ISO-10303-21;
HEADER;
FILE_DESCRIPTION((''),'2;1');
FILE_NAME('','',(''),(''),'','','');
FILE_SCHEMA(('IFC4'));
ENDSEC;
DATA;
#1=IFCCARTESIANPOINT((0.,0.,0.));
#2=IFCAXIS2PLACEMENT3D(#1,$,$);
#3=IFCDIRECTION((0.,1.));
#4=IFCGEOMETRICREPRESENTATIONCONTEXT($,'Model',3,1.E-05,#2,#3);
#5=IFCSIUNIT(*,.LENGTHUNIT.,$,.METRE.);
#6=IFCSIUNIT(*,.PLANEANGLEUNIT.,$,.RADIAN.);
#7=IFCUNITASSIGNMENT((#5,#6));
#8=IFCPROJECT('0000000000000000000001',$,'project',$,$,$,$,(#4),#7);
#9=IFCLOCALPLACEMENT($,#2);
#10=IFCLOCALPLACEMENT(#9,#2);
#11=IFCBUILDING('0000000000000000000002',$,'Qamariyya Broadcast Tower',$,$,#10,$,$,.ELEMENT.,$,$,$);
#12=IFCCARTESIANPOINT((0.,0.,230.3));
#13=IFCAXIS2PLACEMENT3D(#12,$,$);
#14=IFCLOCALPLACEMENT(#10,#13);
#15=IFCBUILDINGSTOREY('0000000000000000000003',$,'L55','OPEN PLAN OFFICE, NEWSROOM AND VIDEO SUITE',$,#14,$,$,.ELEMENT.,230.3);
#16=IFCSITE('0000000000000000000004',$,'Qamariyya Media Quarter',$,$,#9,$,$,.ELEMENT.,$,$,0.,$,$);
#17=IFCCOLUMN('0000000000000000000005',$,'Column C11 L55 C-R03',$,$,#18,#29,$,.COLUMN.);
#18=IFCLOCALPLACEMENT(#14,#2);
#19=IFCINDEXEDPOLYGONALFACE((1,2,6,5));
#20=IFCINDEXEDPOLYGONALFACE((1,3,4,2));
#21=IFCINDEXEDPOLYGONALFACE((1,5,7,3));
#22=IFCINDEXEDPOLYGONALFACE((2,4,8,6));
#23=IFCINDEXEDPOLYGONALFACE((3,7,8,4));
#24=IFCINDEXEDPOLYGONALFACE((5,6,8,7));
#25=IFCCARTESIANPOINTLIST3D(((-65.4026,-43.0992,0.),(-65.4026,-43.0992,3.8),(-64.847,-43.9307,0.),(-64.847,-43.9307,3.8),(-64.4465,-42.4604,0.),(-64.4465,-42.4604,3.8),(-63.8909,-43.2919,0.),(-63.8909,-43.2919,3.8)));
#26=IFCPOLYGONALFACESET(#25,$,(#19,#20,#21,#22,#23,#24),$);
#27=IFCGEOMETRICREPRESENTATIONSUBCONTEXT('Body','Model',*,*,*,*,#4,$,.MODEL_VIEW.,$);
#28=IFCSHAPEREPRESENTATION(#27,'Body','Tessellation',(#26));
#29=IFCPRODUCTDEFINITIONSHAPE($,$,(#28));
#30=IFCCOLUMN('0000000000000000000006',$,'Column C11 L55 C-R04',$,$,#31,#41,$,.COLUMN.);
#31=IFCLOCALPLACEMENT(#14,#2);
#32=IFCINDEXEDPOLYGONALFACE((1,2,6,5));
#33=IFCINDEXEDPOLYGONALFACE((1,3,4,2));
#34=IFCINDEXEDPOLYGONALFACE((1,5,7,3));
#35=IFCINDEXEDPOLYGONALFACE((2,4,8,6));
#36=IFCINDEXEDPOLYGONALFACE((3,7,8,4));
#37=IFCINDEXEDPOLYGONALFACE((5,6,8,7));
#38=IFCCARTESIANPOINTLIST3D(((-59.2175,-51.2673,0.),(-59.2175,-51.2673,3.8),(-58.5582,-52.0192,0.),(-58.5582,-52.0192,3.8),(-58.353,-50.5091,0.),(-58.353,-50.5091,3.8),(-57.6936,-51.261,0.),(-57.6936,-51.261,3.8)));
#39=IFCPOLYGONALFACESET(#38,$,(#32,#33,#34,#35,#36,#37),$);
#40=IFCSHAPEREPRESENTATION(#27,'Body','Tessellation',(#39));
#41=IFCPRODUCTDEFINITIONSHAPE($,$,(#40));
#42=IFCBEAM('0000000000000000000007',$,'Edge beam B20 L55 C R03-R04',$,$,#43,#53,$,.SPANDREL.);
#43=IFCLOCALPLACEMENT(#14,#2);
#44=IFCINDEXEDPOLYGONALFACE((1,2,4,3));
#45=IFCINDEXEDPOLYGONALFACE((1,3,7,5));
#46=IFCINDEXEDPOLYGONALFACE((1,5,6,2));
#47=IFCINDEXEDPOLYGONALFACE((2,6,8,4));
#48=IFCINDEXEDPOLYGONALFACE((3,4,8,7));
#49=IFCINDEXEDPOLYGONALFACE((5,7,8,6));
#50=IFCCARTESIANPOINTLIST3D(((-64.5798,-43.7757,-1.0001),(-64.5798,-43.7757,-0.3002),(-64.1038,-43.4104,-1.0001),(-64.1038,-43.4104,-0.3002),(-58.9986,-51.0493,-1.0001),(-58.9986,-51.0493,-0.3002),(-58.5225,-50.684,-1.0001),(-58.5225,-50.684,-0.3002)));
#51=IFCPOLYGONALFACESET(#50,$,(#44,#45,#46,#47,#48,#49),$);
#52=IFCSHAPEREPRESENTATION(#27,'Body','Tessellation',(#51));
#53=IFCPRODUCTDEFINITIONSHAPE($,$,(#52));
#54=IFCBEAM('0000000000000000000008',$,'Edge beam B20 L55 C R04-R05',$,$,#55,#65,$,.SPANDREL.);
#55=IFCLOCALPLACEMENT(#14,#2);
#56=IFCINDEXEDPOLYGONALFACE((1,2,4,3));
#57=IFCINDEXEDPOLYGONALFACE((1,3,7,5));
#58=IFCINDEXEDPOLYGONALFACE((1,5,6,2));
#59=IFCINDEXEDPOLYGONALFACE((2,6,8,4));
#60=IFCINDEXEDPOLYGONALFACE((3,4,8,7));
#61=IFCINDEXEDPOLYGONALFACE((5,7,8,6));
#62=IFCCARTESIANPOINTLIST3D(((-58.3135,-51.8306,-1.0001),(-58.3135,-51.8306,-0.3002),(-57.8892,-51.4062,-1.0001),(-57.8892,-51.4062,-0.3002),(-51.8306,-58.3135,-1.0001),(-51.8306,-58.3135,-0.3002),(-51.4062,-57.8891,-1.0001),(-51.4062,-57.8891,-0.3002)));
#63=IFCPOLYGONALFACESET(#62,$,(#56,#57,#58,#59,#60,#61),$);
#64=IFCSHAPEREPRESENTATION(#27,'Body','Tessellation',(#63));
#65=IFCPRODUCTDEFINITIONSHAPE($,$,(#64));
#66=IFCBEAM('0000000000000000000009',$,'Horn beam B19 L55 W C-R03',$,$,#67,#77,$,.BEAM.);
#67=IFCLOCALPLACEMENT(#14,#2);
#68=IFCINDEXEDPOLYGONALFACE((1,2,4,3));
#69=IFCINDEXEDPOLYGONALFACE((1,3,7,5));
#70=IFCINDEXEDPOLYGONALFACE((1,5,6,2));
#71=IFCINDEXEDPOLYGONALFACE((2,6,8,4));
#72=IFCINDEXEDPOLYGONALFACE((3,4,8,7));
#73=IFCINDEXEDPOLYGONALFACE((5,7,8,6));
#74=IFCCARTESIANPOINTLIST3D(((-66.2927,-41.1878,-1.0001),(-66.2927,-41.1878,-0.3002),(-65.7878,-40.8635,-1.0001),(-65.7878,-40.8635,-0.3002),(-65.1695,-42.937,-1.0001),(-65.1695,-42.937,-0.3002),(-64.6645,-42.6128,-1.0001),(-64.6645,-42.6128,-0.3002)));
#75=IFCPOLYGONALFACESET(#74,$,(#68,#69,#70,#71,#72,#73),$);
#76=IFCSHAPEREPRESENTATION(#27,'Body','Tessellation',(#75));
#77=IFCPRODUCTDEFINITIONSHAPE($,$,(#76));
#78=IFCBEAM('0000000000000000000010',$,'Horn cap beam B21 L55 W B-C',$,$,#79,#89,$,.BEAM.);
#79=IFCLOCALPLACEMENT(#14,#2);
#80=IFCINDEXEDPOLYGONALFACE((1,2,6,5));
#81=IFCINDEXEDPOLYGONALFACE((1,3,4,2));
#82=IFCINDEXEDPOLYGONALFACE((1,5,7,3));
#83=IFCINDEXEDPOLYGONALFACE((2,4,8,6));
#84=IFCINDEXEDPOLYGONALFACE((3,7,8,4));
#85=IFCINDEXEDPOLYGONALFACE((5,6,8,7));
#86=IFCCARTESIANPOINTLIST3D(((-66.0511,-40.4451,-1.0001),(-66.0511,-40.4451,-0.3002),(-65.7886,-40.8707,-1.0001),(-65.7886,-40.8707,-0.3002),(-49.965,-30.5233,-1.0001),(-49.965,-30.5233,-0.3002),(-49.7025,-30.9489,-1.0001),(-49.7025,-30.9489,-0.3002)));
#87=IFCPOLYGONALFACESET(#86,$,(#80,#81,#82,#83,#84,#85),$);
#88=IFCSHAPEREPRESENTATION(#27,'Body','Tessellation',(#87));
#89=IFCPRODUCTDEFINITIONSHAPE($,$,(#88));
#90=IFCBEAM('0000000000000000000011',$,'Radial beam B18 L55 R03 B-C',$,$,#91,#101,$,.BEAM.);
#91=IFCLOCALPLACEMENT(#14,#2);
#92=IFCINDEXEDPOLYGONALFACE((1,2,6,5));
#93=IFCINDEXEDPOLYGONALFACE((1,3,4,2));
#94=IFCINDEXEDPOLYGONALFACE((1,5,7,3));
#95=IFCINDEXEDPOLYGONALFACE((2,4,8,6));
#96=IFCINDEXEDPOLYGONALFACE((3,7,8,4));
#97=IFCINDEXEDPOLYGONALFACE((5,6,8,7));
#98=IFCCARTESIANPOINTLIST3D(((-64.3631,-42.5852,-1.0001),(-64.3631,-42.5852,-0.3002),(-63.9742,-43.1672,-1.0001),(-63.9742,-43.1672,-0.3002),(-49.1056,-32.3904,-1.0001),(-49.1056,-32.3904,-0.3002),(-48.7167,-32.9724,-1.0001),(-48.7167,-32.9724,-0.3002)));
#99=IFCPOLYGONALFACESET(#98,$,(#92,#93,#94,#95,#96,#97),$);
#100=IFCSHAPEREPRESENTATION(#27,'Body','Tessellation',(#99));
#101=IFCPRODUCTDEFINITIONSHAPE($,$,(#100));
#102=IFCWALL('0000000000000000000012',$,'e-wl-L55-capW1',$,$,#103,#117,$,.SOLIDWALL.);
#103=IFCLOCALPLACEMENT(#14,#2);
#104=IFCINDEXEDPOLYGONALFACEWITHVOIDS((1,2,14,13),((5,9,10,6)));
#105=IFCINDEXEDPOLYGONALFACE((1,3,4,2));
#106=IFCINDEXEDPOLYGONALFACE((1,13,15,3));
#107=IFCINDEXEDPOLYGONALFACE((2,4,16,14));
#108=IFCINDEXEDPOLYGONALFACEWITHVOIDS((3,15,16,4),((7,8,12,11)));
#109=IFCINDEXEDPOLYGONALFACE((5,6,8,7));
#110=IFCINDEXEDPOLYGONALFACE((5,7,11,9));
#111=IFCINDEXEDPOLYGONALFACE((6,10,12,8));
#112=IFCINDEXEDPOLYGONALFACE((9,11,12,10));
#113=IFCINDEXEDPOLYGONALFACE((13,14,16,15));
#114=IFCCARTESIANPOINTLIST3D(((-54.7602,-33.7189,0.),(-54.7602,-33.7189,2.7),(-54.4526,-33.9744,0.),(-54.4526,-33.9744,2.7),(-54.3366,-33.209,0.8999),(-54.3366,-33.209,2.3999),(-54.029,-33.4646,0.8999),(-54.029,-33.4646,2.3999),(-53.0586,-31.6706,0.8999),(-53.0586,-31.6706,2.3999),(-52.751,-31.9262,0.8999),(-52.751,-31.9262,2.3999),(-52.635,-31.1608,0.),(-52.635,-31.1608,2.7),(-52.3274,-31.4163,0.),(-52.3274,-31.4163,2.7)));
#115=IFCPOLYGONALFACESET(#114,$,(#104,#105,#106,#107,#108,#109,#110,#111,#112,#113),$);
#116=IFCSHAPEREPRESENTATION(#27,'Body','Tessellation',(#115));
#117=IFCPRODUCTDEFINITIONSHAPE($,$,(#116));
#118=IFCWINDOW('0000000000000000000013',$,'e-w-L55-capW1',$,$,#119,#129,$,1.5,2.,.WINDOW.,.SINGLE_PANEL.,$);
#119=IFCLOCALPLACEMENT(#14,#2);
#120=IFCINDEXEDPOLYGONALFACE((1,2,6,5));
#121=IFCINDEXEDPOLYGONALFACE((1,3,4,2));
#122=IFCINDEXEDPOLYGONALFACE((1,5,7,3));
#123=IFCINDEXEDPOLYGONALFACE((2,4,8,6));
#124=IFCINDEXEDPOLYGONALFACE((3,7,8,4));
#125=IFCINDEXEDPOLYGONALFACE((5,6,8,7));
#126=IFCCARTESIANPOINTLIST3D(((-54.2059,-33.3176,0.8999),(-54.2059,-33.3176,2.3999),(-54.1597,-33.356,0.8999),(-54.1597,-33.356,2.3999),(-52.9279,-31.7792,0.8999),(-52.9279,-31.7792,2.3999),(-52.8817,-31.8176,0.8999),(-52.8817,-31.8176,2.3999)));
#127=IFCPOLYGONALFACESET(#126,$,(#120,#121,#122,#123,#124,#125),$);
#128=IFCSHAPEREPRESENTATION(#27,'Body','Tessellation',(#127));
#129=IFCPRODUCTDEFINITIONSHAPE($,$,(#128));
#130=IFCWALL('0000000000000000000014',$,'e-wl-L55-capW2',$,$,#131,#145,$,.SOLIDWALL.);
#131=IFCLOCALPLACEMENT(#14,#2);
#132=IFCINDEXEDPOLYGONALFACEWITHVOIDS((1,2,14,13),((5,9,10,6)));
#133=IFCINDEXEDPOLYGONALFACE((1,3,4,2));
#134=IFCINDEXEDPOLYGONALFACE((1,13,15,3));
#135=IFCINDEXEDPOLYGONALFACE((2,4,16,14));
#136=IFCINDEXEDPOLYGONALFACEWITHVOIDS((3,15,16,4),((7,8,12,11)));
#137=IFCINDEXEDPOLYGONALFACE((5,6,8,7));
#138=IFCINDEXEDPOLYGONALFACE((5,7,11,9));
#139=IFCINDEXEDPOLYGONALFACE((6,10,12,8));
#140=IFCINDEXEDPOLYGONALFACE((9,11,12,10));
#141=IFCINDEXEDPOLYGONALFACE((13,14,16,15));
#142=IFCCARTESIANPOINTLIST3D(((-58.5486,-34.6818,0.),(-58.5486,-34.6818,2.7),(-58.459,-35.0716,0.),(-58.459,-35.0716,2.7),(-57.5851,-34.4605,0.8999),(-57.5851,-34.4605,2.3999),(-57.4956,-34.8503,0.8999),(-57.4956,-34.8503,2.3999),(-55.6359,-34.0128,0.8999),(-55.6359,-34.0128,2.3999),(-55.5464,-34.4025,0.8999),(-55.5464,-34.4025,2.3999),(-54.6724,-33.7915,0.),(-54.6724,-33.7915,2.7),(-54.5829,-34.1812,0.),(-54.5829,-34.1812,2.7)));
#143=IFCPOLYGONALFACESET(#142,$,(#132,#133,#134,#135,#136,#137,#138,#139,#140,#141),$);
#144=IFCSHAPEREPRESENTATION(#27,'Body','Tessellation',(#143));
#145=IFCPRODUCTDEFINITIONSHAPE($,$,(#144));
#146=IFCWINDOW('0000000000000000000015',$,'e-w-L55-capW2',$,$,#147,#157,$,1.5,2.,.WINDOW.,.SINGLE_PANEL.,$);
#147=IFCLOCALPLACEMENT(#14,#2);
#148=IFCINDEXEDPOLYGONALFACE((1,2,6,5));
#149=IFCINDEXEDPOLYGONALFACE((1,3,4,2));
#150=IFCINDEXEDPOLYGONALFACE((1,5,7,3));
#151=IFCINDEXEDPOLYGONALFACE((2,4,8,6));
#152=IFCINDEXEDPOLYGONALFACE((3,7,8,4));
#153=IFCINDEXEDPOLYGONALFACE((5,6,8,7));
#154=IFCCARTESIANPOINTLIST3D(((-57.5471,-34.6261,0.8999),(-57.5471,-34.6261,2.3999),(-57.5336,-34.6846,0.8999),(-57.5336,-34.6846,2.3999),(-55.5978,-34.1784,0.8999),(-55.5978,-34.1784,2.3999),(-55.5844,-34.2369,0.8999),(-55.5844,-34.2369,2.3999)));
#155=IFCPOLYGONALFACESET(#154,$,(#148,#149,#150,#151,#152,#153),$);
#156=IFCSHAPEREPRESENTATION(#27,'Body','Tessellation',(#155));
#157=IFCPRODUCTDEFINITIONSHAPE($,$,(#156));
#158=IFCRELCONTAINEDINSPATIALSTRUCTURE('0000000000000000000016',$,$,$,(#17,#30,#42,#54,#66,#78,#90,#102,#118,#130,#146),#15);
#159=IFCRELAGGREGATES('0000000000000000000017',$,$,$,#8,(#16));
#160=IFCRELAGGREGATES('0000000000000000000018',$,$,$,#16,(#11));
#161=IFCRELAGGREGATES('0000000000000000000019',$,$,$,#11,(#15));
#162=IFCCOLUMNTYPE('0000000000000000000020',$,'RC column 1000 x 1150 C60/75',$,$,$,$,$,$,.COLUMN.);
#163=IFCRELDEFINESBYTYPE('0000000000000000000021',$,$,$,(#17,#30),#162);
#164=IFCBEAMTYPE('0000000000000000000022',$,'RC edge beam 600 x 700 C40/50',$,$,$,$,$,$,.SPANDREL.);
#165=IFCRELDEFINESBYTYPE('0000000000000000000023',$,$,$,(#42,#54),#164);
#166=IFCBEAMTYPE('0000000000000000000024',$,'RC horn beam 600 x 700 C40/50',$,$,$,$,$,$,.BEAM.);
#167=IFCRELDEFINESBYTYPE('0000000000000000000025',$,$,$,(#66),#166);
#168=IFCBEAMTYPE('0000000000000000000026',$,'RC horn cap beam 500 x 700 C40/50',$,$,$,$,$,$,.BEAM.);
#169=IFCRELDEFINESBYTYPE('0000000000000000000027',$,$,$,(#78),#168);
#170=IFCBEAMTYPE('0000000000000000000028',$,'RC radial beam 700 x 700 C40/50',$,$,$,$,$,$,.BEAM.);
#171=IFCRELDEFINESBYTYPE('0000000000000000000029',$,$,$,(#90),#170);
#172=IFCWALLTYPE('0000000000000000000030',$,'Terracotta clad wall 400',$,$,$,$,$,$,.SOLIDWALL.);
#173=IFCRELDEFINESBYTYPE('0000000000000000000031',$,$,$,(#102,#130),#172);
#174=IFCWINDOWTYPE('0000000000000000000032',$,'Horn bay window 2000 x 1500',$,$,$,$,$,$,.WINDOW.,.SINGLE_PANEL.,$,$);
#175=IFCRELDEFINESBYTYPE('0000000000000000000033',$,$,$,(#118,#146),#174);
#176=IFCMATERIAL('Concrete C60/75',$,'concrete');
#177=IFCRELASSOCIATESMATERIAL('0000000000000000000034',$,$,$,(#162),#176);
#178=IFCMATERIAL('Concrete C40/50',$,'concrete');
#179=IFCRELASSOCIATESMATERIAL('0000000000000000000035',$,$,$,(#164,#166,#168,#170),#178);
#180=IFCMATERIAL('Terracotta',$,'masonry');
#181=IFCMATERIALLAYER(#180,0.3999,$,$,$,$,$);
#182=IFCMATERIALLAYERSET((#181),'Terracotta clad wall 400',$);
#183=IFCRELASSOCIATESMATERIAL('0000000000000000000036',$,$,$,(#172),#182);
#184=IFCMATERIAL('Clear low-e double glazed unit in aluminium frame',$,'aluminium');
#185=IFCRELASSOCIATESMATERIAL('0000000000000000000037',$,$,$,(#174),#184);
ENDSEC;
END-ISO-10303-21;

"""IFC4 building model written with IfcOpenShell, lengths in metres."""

from ifc_helpers import new_model, si_unit, direction, frame, frame_2d, origin, origin_2d, place, context, subcontext, project, spatial, rectangle, extrude, material, layer, layer_set, material_profile, profile_set, type_object, element, fill, save


model = new_model("IFC4")

# Units and contexts
model_context = context("Model", 3, precision=1e-05, world=origin(), true_north=direction((0.0, 1.0)))
body_context = subcontext(model_context, "Body", "Model", "MODEL_VIEW")
ifc_project = project(units=[si_unit("LENGTHUNIT", "METRE"), si_unit("PLANEANGLEUNIT", "RADIAN")], contexts=[model_context])

# Site, building, storey
site_placement = place(None, origin())
site = spatial("IfcSite", under=ifc_project, at=site_placement, Name="Qamariyya Media Quarter", CompositionType="ELEMENT", RefElevation=0.0)
building_placement = place(site_placement, origin())
building = spatial("IfcBuilding", under=site, at=building_placement, Name="Qamariyya Broadcast Tower", CompositionType="ELEMENT")
storey_placement = place(building_placement, frame((0.0, 0.0, 230.3)))
storey = spatial("IfcBuildingStorey", under=building, at=storey_placement, Name="L55", Description="OPEN PLAN OFFICE, NEWSROOM AND VIDEO SUITE", CompositionType="ELEMENT", Elevation=230.3)

# Columns
ifc_material_1 = material(Name="Concrete C60/75", Category="concrete")
ifc_material_profile_1 = material_profile(ifc_material_1, rectangle(XDim=1.0, YDim=1.1499, at=origin_2d()))
ifc_profile_set_1 = profile_set([ifc_material_profile_1], Name="Concrete C60/75")
column_type = type_object("IfcColumnType", Name="RC column 1000 x 1150 C60/75", PredefinedType="COLUMN", material=ifc_profile_set_1)
for number, where, z_axis, x_axis, name in (
    (1, (-64.6467, -43.1956, 0.0), (0.0, 0.0, 1.0), (0.55557, -0.83147, 0.0), "Column C11 L55 C-R03"),
    (2, (-58.4556, -51.2642, 0.0), (0.0, 0.0, 1.0), (0.659346, -0.75184, 0.0), "Column C11 L55 C-R04"),
):
    element("IfcColumn", number, at=place(storey_placement, frame(where, z_axis=z_axis, x_axis=x_axis)), inside=storey, type_object=column_type, Name=name, PredefinedType="COLUMN", context=body_context, shape_type="SweptSolid", body=[
        extrude(rectangle(XDim=1.0, YDim=1.1499, at=origin_2d()), origin(), (0.0, 0.0, 1.0), 3.8),
    ])

# Beams
ifc_material_2 = material(Name="Concrete C40/50", Category="concrete")
ifc_material_profile_2 = material_profile(ifc_material_2, rectangle(XDim=0.6001, YDim=0.7, at=origin_2d()))
ifc_profile_set_2 = profile_set([ifc_material_profile_2], Name="Concrete C40/50")
beam_type_1 = type_object("IfcBeamType", Name="RC edge beam 600 x 700 C40/50", PredefinedType="SPANDREL", material=ifc_profile_set_2)
for number, where, z_axis, x_axis, name in (
    (3, (-64.3418, -43.593, -0.6501), (0.608762, -0.793353, 0.0), (0.793353, 0.608762, 0.0), "Edge beam B20 L55 C R03-R04"),
    (4, (-58.1013, -51.6184, -0.6501), (0.707107, -0.707107, 0.0), (0.707107, 0.707107, 0.0), "Edge beam B20 L55 C R04-R05"),
):
    element("IfcBeam", number, at=place(storey_placement, frame(where, z_axis=z_axis, x_axis=x_axis)), inside=storey, type_object=beam_type_1, Name=name, PredefinedType="SPANDREL", context=body_context, shape_type="SweptSolid", body=[
        extrude(rectangle(XDim=0.6001, YDim=0.7, at=origin_2d()), origin(), (0.0, 0.0, 1.0), 9.1682),
    ])
ifc_material_profile_3 = material_profile(ifc_material_2, rectangle(XDim=0.6001, YDim=0.7, at=origin_2d()))
ifc_profile_set_3 = profile_set([ifc_material_profile_3], Name="Concrete C40/50")
beam_type_2 = type_object("IfcBeamType", Name="RC horn beam 600 x 700 C40/50", PredefinedType="BEAM", material=ifc_profile_set_3)
beam_1_placement = place(storey_placement, frame((-64.917, -42.7749, -0.6501), z_axis=(-0.540336, 0.841449, 0.0), x_axis=(-0.841449, -0.540336, 0.0)))
element("IfcBeam", 5, at=beam_1_placement, inside=storey, type_object=beam_type_2, Name="Horn beam B19 L55 W C-R03", PredefinedType="BEAM", context=body_context, shape_type="SweptSolid", body=[
    extrude(rectangle(XDim=0.6001, YDim=0.7, at=origin_2d()), origin(), (0.0, 0.0, 1.0), 2.0789),
])
ifc_material_profile_4 = material_profile(ifc_material_2, rectangle(XDim=0.5, YDim=0.7, at=origin_2d()))
ifc_profile_set_4 = profile_set([ifc_material_profile_4], Name="Concrete C40/50")
beam_type_3 = type_object("IfcBeamType", Name="RC horn cap beam 500 x 700 C40/50", PredefinedType="BEAM", material=ifc_profile_set_4)
beam_2_placement = place(storey_placement, frame((-49.8337, -30.7361, -0.6501), z_axis=(-0.851122, -0.524968, 0.0), x_axis=(0.524968, -0.851122, 0.0)))
element("IfcBeam", 6, at=beam_2_placement, inside=storey, type_object=beam_type_3, Name="Horn cap beam B21 L55 W B-C", PredefinedType="BEAM", context=body_context, shape_type="SweptSolid", body=[
    extrude(rectangle(XDim=0.5, YDim=0.7, at=origin_2d()), origin(), (0.0, 0.0, 1.0), 18.8999),
])
ifc_material_profile_5 = material_profile(ifc_material_2, rectangle(XDim=0.7, YDim=0.7, at=origin_2d()))
ifc_profile_set_5 = profile_set([ifc_material_profile_5], Name="Concrete C40/50")
beam_type_4 = type_object("IfcBeamType", Name="RC radial beam 700 x 700 C40/50", PredefinedType="BEAM", material=ifc_profile_set_5)
beam_3_placement = place(storey_placement, frame((-48.9111, -32.6814, -0.6501), z_axis=(-0.831469, -0.555572, 0.0), x_axis=(0.555572, -0.831469, 0.0)))
element("IfcBeam", 7, at=beam_3_placement, inside=storey, type_object=beam_type_4, Name="Radial beam B18 L55 R03 B-C", PredefinedType="BEAM", context=body_context, shape_type="SweptSolid", body=[
    extrude(rectangle(XDim=0.7, YDim=0.7, at=origin_2d()), origin(), (0.0, 0.0, 1.0), 18.3501),
])

# Walls, openings, windows
ifc_material_3 = material(Name="Terracotta", Category="masonry")
ifc_layer = layer(ifc_material_3, 0.3999)
ifc_layer_set = layer_set([ifc_layer], Name="Terracotta clad wall 400")
wall_type = type_object("IfcWallType", Name="Terracotta clad wall 400", PredefinedType="SOLIDWALL", material=ifc_layer_set)
wall_1_placement = place(storey_placement, frame((-52.4812, -31.2886, 0.0), z_axis=(0.0, 0.0, 1.0), x_axis=(-0.639028, -0.769183, 0.0)))
wall_1 = element("IfcWall", 8, at=wall_1_placement, inside=storey, type_object=wall_type, Name="e-wl-L55-capW1", PredefinedType="SOLIDWALL", context=body_context, shape_type="SweptSolid", body=[
    extrude(rectangle(XDim=3.3257, YDim=0.3999, at=frame_2d((1.6628, 0.0))), origin(), (0.0, 0.0, 1.0), 2.7),
])
opening_1_placement = place(wall_1_placement, frame((0.6628, 0.0, 0.8999)))
opening_1 = element("IfcOpeningElement", 9, at=opening_1_placement, cuts=wall_1, PredefinedType="OPENING", context=body_context, shape_type="SweptSolid", body=[
    extrude(rectangle(XDim=2.0, YDim=1.5, at=frame_2d((1.0, 0.75))), frame((0.0, 0.21, 0.0), z_axis=(0.0, -1.0, 0.0), x_axis=(1.0, 0.0, 0.0)), (0.0, 0.0, 1.0), 0.4199),
])
ifc_material_4 = material(Name="Clear low-e double glazed unit in aluminium frame", Category="aluminium")
window_type = type_object("IfcWindowType", Name="Horn bay window 2000 x 1500", PartitioningType="SINGLE_PANEL", PredefinedType="WINDOW", material=ifc_material_4)
window_1_placement = place(opening_1_placement, origin())
window_1 = element("IfcWindow", 10, at=window_1_placement, inside=storey, type_object=window_type, Name="e-w-L55-capW1", OverallHeight=1.5, OverallWidth=2.0, PartitioningType="SINGLE_PANEL", PredefinedType="WINDOW", context=body_context, shape_type="SweptSolid", body=[
    extrude(rectangle(XDim=2.0, YDim=1.5, at=frame_2d((1.0, 0.75))), frame((0.0, 0.03, 0.0), z_axis=(0.0, -1.0, 0.0), x_axis=(1.0, 0.0, 0.0)), (0.0, 0.0, 1.0), 0.0601),
])
fill(opening_1, window_1)
wall_2_placement = place(storey_placement, frame((-54.6277, -33.9863, 0.0), z_axis=(0.0, 0.0, 1.0), x_axis=(-0.974618, -0.223873, 0.0)))
wall_2 = element("IfcWall", 11, at=wall_2_placement, inside=storey, type_object=wall_type, Name="e-wl-L55-capW2", PredefinedType="SOLIDWALL", context=body_context, shape_type="SweptSolid", body=[
    extrude(rectangle(XDim=3.9771, YDim=0.3999, at=frame_2d((1.9885, 0.0))), origin(), (0.0, 0.0, 1.0), 2.7),
])
opening_2_placement = place(wall_2_placement, frame((0.9885, 0.0, 0.8999)))
opening_2 = element("IfcOpeningElement", 12, at=opening_2_placement, cuts=wall_2, PredefinedType="OPENING", context=body_context, shape_type="SweptSolid", body=[
    extrude(rectangle(XDim=2.0, YDim=1.5, at=frame_2d((1.0, 0.75))), frame((0.0, 0.21, 0.0), z_axis=(0.0, -1.0, 0.0), x_axis=(1.0, 0.0, 0.0)), (0.0, 0.0, 1.0), 0.4199),
])
window_2_placement = place(opening_2_placement, origin())
window_2 = element("IfcWindow", 13, at=window_2_placement, inside=storey, type_object=window_type, Name="e-w-L55-capW2", OverallHeight=1.5, OverallWidth=2.0, PartitioningType="SINGLE_PANEL", PredefinedType="WINDOW", context=body_context, shape_type="SweptSolid", body=[
    extrude(rectangle(XDim=2.0, YDim=1.5, at=frame_2d((1.0, 0.75))), frame((0.0, 0.03, 0.0), z_axis=(0.0, -1.0, 0.0), x_axis=(1.0, 0.0, 0.0)), (0.0, 0.0, 1.0), 0.0601),
])
fill(opening_2, window_2)

save(model, "model.ifc")
